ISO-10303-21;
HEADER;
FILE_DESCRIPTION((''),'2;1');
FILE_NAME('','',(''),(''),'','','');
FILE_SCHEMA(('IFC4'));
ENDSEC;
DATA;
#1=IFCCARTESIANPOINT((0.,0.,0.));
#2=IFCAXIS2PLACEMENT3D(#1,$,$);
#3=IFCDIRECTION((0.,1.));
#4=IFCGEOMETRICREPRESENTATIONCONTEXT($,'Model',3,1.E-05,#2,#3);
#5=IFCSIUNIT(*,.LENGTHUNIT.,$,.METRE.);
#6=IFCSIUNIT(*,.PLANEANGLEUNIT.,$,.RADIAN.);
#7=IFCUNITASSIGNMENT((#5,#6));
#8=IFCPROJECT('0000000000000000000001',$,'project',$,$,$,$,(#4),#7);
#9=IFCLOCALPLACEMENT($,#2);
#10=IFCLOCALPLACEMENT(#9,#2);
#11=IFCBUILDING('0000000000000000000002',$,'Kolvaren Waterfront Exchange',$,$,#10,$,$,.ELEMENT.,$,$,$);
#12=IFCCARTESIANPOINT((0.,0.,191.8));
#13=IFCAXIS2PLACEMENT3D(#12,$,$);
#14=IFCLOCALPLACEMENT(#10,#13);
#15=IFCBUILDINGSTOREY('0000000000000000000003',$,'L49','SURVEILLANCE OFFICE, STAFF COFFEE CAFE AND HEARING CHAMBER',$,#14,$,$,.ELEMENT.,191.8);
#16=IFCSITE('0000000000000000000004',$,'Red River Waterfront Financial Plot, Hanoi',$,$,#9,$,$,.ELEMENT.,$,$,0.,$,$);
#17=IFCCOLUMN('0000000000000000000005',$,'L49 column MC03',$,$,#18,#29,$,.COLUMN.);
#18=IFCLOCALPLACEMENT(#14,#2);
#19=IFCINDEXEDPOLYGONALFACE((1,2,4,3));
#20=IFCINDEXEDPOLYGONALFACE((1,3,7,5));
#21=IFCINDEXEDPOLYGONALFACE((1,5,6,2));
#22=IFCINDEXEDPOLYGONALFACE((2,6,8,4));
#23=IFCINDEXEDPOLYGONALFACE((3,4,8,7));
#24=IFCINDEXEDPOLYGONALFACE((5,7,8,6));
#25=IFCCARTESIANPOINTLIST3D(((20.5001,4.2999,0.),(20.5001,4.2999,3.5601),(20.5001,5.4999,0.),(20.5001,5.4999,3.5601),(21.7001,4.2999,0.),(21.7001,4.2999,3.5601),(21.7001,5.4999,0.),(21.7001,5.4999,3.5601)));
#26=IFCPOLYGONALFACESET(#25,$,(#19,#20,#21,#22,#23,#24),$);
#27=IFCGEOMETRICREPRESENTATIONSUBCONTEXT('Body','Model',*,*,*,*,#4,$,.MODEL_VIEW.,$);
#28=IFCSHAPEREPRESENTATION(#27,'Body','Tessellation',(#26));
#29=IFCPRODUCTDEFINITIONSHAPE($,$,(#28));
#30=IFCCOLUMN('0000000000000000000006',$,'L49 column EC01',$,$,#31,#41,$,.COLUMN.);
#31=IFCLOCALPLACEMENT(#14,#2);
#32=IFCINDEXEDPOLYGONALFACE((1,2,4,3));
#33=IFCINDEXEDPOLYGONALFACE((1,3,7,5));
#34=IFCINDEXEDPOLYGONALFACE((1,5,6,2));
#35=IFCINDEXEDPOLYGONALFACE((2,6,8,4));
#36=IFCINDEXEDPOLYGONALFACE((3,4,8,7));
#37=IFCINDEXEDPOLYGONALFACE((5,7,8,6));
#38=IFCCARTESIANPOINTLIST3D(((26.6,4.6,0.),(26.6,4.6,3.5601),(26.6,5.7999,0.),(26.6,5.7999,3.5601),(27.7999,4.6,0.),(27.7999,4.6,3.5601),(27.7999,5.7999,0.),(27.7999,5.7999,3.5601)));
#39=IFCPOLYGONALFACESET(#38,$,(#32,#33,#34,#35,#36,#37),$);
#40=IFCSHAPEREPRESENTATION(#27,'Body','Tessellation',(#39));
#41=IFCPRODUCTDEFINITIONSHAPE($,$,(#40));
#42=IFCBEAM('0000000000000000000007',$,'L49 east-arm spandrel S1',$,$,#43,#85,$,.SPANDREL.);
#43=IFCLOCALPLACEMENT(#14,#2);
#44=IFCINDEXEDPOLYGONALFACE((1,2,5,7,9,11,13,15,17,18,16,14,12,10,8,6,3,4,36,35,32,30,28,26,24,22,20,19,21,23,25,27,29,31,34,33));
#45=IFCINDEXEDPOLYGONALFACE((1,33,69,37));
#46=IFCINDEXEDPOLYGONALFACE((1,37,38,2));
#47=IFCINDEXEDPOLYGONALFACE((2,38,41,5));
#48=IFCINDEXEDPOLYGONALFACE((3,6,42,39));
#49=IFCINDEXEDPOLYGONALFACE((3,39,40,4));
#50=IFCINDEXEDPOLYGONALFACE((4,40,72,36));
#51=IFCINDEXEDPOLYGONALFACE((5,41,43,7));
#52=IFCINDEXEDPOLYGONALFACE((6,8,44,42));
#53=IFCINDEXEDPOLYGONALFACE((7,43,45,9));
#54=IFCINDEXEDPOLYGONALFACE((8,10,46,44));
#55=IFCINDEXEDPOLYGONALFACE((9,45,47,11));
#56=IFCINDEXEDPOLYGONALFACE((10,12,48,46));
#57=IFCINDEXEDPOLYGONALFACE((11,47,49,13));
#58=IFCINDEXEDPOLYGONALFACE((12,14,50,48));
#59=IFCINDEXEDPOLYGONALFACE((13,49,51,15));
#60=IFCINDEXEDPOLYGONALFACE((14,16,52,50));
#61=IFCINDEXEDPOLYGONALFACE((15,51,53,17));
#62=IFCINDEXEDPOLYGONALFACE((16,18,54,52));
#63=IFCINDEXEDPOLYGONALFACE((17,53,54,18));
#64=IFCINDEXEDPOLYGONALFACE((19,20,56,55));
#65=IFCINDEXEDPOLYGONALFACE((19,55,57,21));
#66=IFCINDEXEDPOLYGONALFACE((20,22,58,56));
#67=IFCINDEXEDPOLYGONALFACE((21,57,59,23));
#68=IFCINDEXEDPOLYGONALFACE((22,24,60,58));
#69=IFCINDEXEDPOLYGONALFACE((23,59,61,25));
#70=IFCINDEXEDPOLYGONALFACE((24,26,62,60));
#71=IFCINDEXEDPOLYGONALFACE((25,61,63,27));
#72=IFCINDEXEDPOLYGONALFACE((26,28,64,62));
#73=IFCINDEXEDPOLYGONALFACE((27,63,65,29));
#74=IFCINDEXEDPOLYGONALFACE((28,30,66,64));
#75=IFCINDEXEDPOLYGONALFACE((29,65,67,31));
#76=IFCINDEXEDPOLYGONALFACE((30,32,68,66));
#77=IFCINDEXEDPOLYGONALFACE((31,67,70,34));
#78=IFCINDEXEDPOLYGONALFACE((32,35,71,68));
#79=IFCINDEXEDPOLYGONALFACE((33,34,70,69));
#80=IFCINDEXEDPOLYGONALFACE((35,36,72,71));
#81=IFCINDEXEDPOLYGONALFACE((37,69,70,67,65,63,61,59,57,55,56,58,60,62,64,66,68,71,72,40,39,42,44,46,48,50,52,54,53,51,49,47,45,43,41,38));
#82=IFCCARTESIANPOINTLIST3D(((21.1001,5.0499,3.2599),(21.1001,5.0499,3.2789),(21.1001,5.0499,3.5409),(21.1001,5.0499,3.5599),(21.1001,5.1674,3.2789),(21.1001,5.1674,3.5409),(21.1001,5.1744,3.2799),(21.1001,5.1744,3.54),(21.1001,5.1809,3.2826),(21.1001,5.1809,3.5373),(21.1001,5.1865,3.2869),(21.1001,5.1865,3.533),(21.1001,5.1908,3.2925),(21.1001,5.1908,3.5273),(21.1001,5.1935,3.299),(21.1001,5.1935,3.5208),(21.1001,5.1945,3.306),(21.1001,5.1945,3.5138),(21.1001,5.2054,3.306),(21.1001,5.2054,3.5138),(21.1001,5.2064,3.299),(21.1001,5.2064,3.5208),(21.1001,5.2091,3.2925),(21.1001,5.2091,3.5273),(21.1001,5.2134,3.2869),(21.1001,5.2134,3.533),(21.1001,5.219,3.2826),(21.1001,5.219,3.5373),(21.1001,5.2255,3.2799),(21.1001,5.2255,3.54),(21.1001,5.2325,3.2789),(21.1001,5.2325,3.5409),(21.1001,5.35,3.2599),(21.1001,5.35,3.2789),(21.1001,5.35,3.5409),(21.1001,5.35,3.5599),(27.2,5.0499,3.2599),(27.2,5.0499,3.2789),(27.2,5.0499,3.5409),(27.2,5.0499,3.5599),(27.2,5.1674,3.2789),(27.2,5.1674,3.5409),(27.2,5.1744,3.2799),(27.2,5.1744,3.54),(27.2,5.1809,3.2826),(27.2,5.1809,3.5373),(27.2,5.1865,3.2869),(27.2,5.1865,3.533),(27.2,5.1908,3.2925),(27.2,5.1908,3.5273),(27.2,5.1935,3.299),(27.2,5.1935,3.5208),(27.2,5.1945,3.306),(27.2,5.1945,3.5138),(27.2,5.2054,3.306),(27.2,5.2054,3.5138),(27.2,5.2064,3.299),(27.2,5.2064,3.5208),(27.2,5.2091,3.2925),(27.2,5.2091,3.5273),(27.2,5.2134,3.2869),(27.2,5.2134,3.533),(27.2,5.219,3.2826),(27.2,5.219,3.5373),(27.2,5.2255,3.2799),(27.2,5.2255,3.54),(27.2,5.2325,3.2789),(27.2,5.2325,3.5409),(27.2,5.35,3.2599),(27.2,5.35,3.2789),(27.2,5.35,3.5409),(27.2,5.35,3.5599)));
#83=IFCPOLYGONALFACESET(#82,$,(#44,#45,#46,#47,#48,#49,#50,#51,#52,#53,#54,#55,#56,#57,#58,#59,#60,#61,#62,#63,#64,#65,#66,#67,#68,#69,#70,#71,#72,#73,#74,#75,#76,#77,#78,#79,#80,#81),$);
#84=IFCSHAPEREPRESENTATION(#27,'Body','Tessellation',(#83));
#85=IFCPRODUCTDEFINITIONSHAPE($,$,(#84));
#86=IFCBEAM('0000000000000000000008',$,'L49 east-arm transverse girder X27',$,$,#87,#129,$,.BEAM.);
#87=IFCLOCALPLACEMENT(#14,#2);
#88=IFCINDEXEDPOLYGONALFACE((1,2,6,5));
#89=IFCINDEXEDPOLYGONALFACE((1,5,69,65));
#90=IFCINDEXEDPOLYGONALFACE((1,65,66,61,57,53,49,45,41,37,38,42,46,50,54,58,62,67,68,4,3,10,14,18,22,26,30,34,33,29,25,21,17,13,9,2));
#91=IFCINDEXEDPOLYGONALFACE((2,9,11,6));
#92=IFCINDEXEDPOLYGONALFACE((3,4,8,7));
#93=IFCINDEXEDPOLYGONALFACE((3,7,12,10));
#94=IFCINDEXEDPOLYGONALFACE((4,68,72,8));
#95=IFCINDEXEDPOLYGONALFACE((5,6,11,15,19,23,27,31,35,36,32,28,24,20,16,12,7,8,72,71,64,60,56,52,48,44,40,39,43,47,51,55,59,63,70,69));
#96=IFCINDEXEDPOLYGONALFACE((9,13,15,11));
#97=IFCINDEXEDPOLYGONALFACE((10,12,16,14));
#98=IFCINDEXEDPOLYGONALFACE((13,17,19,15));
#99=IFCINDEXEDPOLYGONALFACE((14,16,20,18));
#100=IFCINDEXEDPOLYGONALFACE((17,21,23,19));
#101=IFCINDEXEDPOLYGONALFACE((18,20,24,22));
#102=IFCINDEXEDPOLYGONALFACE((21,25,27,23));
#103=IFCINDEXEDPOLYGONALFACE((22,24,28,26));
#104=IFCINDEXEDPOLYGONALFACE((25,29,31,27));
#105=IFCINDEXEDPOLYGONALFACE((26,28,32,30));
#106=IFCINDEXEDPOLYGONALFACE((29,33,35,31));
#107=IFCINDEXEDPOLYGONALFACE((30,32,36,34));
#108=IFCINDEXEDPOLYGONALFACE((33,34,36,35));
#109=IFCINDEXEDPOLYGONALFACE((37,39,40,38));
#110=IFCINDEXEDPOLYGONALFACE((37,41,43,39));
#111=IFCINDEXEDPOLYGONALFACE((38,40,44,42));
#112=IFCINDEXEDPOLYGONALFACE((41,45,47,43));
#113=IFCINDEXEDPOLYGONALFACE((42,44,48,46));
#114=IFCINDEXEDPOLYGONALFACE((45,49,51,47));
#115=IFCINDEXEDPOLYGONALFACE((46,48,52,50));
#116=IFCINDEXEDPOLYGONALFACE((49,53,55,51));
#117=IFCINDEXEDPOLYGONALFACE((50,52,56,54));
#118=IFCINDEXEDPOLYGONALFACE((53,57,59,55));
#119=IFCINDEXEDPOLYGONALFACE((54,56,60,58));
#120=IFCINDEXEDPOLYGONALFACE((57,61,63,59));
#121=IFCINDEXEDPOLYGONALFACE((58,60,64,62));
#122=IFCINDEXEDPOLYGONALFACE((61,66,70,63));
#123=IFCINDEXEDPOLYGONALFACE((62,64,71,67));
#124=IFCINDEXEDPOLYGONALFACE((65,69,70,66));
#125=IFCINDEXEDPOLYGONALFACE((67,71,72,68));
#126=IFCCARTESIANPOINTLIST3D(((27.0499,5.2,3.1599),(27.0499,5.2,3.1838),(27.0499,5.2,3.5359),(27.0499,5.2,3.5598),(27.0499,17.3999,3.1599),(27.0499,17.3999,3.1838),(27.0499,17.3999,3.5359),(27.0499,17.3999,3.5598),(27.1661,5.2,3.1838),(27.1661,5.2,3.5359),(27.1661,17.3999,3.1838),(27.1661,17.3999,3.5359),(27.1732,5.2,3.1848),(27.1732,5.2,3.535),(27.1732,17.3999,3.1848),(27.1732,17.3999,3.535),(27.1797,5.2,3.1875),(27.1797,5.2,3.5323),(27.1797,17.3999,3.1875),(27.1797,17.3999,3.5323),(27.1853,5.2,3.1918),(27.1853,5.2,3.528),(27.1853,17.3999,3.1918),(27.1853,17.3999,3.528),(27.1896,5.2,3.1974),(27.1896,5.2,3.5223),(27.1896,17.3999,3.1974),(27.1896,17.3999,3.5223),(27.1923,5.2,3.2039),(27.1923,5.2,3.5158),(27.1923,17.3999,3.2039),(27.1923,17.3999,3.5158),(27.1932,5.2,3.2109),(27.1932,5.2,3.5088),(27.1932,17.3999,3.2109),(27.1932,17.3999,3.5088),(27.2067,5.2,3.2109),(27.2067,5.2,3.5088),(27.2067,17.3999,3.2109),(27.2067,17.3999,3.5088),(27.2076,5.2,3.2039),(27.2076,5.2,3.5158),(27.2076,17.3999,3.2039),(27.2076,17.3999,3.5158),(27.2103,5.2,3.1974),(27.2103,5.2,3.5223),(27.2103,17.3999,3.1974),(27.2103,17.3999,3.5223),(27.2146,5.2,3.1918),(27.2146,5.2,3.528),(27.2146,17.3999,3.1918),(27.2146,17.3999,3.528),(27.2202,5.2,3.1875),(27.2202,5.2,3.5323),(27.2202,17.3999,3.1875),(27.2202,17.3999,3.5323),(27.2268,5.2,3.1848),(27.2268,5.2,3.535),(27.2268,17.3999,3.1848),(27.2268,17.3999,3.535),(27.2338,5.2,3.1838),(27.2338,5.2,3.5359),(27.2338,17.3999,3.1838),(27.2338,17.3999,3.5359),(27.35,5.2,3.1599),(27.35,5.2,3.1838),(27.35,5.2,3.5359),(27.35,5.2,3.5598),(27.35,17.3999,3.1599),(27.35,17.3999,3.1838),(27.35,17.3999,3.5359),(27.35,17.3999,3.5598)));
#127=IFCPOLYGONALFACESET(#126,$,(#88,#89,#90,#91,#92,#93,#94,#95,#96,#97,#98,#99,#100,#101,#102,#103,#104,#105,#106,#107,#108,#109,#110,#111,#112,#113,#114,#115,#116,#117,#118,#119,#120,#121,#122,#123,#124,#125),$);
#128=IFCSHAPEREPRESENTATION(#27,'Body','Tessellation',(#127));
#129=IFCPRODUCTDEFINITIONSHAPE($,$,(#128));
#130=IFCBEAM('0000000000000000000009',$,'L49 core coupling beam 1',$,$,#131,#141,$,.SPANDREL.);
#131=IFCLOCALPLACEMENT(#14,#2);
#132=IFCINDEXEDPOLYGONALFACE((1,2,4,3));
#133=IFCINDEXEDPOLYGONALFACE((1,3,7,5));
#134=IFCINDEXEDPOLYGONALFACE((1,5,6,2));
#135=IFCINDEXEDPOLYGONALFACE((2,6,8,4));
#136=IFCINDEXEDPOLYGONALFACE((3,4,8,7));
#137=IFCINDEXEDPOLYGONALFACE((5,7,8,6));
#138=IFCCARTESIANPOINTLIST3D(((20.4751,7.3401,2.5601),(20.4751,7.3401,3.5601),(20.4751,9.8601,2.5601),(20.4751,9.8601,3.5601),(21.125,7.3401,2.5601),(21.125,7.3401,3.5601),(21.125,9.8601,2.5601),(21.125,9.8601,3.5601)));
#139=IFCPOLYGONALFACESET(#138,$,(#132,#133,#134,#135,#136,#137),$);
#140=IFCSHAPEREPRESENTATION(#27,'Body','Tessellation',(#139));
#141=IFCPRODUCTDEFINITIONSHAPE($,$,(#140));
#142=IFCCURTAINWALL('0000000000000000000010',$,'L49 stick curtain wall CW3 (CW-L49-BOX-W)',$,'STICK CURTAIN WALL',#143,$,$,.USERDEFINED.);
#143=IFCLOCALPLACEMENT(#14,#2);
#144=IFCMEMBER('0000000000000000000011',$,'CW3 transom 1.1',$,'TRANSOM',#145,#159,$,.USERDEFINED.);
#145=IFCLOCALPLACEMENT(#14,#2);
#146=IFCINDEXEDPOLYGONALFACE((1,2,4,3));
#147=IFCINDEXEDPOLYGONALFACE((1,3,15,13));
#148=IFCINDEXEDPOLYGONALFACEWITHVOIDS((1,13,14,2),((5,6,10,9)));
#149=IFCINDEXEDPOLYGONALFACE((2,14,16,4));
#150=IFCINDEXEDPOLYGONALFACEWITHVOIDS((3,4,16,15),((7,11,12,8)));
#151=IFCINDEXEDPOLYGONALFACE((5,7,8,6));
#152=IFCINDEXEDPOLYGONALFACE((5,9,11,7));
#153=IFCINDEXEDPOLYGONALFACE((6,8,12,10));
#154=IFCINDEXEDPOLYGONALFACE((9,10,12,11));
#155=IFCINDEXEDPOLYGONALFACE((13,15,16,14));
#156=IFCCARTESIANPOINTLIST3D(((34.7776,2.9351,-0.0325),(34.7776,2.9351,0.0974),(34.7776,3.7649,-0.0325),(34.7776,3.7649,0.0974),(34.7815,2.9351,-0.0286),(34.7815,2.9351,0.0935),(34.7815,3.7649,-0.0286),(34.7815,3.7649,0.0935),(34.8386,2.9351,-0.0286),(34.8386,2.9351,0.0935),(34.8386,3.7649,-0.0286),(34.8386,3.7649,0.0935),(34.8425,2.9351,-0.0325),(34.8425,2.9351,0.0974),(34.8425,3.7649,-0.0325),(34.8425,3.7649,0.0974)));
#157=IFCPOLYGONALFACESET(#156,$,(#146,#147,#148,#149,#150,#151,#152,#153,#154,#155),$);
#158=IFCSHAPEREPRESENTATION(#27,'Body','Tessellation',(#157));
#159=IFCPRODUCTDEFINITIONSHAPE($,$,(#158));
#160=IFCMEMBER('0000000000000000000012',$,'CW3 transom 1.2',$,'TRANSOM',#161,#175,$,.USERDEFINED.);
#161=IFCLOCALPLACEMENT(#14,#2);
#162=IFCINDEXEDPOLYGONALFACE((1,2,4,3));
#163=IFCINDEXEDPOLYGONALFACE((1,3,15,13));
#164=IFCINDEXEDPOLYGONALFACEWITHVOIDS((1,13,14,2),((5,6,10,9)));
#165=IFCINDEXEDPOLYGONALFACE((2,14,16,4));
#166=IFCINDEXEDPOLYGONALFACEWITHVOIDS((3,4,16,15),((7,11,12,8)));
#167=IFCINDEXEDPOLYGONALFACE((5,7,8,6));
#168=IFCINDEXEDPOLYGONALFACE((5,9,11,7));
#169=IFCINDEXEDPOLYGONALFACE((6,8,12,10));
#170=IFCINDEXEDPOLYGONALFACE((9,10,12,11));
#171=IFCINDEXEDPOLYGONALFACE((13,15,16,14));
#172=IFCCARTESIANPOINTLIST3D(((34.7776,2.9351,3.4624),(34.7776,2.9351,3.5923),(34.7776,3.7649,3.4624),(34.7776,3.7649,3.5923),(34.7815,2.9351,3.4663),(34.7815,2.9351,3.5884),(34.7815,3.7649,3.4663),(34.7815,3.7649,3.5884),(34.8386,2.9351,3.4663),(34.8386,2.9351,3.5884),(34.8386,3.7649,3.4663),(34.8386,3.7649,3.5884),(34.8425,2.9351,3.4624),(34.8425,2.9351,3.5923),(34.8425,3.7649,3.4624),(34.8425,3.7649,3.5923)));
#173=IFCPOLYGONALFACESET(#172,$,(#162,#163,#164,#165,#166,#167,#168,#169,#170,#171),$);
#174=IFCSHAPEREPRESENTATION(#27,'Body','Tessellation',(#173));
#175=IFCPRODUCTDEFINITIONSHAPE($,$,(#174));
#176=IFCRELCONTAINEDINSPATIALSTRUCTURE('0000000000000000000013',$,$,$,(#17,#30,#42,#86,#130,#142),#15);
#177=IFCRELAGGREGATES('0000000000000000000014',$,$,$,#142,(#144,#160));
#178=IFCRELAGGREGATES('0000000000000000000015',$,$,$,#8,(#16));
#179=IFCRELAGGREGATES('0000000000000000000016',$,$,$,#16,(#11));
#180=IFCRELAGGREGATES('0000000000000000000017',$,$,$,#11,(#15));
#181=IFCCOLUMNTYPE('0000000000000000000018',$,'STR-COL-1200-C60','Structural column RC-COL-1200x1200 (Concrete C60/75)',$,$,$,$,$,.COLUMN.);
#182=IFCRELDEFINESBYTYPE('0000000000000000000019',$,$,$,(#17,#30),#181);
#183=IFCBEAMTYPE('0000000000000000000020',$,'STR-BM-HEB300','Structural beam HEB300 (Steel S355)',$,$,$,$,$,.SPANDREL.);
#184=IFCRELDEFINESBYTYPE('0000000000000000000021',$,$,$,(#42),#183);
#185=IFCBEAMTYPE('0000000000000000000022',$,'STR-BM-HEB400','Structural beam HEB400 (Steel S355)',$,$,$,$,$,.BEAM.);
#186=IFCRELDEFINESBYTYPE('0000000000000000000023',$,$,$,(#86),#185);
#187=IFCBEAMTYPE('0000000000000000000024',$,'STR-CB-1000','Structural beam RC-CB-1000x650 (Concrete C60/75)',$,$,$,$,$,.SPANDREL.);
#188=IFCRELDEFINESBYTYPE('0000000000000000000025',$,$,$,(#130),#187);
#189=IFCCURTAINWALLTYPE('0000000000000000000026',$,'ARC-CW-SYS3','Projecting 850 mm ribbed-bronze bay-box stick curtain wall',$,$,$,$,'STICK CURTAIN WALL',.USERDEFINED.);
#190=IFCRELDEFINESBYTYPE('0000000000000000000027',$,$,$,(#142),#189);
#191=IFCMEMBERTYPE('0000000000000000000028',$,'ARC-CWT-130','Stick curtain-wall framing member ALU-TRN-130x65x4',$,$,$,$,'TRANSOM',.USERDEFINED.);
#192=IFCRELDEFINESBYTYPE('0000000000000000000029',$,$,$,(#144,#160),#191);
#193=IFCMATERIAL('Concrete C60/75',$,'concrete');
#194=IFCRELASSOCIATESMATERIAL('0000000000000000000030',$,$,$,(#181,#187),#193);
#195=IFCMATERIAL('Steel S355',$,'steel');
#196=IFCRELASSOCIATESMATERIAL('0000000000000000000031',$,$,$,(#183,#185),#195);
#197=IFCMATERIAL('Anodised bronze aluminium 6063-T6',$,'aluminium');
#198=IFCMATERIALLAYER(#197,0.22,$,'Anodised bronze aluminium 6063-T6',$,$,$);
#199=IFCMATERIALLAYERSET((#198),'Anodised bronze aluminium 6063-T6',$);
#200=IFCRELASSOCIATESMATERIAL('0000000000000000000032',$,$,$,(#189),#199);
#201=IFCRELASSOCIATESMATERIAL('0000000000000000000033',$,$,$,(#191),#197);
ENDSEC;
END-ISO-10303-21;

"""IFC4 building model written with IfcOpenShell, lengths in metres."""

from ifc_helpers import new_model, si_unit, direction, frame, origin, origin_with_axes, origin_2d, place, context, subcontext, project, spatial, rectangle, hollow_rectangle, i_section, extrude, source, transform, mapped, material, layer, layer_set, material_profile, profile_set, type_object, element, aggregate, save


model = new_model("IFC4")

# Units and contexts
model_context = context("Model", 3, precision=1e-05, world=origin(), true_north=direction((0.0, 1.0)))
body_context = subcontext(model_context, "Body", "Model", "MODEL_VIEW")
ifc_project = project(units=[si_unit("LENGTHUNIT", "METRE"), si_unit("PLANEANGLEUNIT", "RADIAN")], contexts=[model_context])

# Site, building, storey
site_placement = place(None, origin())
site = spatial("IfcSite", under=ifc_project, at=site_placement, Name="Red River Waterfront Financial Plot, Hanoi", CompositionType="ELEMENT", RefElevation=0.0)
building_placement = place(site_placement, origin())
building = spatial("IfcBuilding", under=site, at=building_placement, Name="Kolvaren Waterfront Exchange", CompositionType="ELEMENT")
storey_placement = place(building_placement, frame((0.0, 0.0, 191.8)))
storey = spatial("IfcBuildingStorey", under=building, at=storey_placement, Name="L49", Description="SURVEILLANCE OFFICE, STAFF COFFEE CAFE AND HEARING CHAMBER", CompositionType="ELEMENT", Elevation=191.8)

# Columns
ifc_material_1 = material(Name="Concrete C60/75", Category="concrete")
ifc_material_profile_1 = material_profile(ifc_material_1, rectangle(XDim=1.2, YDim=1.2, at=origin_2d()), Name="RC-COL-1200x1200")
ifc_profile_set_1 = profile_set([ifc_material_profile_1], Name="Concrete C60/75")
column_type = type_object("IfcColumnType", Name="STR-COL-1200-C60", Description="Structural column RC-COL-1200x1200 (Concrete C60/75)", PredefinedType="COLUMN", material=ifc_profile_set_1)
for number, where, z_axis, x_axis, name in (
    (1, (21.1001, 4.8999, 0.0), (0.0, 0.0, 1.0), (1.0, 0.0, 0.0), "L49 column MC03"),
    (2, (27.2, 5.2, 0.0), (0.0, 0.0, 1.0), (1.0, 0.0, 0.0), "L49 column EC01"),
):
    element("IfcColumn", number, at=place(storey_placement, frame(where, z_axis=z_axis, x_axis=x_axis)), inside=storey, type_object=column_type, Name=name, PredefinedType="COLUMN", context=body_context, shape_type="SweptSolid", body=[
        extrude(rectangle(XDim=1.2, YDim=1.2, at=origin_2d()), origin(), (0.0, 0.0, 1.0), 3.5601),
    ])

# Beams
ifc_material_2 = material(Name="Steel S355", Category="steel")
ifc_material_profile_2 = material_profile(ifc_material_2, i_section(OverallWidth=0.3, OverallDepth=0.3, WebThickness=0.011, FlangeThickness=0.019, FilletRadius=0.0271, at=origin_2d()), Name="HEB300")
ifc_profile_set_2 = profile_set([ifc_material_profile_2], Name="Steel S355")
beam_type_1 = type_object("IfcBeamType", Name="STR-BM-HEB300", Description="Structural beam HEB300 (Steel S355)", PredefinedType="SPANDREL", material=ifc_profile_set_2)
beam_1_placement = place(storey_placement, frame((21.1001, 5.2, 3.4099), z_axis=(1.0, 0.0, 0.0), x_axis=(0.0, 1.0, 0.0)))
element("IfcBeam", 3, at=beam_1_placement, inside=storey, type_object=beam_type_1, Name="L49 east-arm spandrel S1", PredefinedType="SPANDREL", context=body_context, shape_type="SweptSolid", body=[
    extrude(i_section(OverallWidth=0.3, OverallDepth=0.3, WebThickness=0.011, FlangeThickness=0.019, FilletRadius=0.0271, at=origin_2d()), origin(), (0.0, 0.0, 1.0), 6.0999),
])
ifc_material_profile_3 = material_profile(ifc_material_2, i_section(OverallWidth=0.3, OverallDepth=0.3999, WebThickness=0.0134, FlangeThickness=0.0239, FilletRadius=0.0271, at=origin_2d()), Name="HEB400")
ifc_profile_set_3 = profile_set([ifc_material_profile_3], Name="Steel S355")
beam_type_2 = type_object("IfcBeamType", Name="STR-BM-HEB400", Description="Structural beam HEB400 (Steel S355)", PredefinedType="BEAM", material=ifc_profile_set_3)
beam_2_placement = place(storey_placement, frame((27.2, 5.2, 3.3599), z_axis=(0.0, 1.0, 0.0), x_axis=(-1.0, 0.0, 0.0)))
element("IfcBeam", 4, at=beam_2_placement, inside=storey, type_object=beam_type_2, Name="L49 east-arm transverse girder X27", PredefinedType="BEAM", context=body_context, shape_type="SweptSolid", body=[
    extrude(i_section(OverallWidth=0.3, OverallDepth=0.3999, WebThickness=0.0134, FlangeThickness=0.0239, FilletRadius=0.0271, at=origin_2d()), origin(), (0.0, 0.0, 1.0), 12.2),
])
ifc_material_profile_4 = material_profile(ifc_material_1, rectangle(XDim=0.6499, YDim=1.0, at=origin_2d()), Name="RC-CB-1000x650")
ifc_profile_set_4 = profile_set([ifc_material_profile_4], Name="Concrete C60/75")
beam_type_3 = type_object("IfcBeamType", Name="STR-CB-1000", Description="Structural beam RC-CB-1000x650 (Concrete C60/75)", PredefinedType="SPANDREL", material=ifc_profile_set_4)
beam_3_placement = place(storey_placement, frame((20.8, 7.3401, 3.0601), z_axis=(0.0, 1.0, 0.0), x_axis=(-1.0, 0.0, 0.0)))
element("IfcBeam", 5, at=beam_3_placement, inside=storey, type_object=beam_type_3, Name="L49 core coupling beam 1", PredefinedType="SPANDREL", context=body_context, shape_type="SweptSolid", body=[
    extrude(rectangle(XDim=0.6499, YDim=1.0, at=origin_2d()), origin(), (0.0, 0.0, 1.0), 2.52),
])

# Curtain wall, members
ifc_material_3 = material(Name="Anodised bronze aluminium 6063-T6", Category="aluminium")
ifc_layer_1 = layer(ifc_material_3, 0.22, Name="Anodised bronze aluminium 6063-T6")
ifc_layer_set_1 = layer_set([ifc_layer_1], Name="Anodised bronze aluminium 6063-T6")
curtain_wall_type_1 = type_object("IfcCurtainWallType", Name="ARC-CW-SYS3", Description="Projecting 850 mm ribbed-bronze bay-box stick curtain wall", ElementType="STICK CURTAIN WALL", PredefinedType="USERDEFINED", material=ifc_layer_set_1)
curtain_wall_1_placement = place(storey_placement, origin())
curtain_wall_1 = element("IfcCurtainWall", 6, at=curtain_wall_1_placement, inside=storey, type_object=curtain_wall_type_1, Name="L49 stick curtain wall CW3 (CW-L49-BOX-W)", ObjectType="STICK CURTAIN WALL", PredefinedType="USERDEFINED")
ifc_material_profile_5 = material_profile(ifc_material_3, hollow_rectangle(XDim=0.0649, YDim=0.1299, WallThickness=0.0039, at=origin_2d()), Name="ALU-TRN-130x65x4")
ifc_profile_set_5 = profile_set([ifc_material_profile_5], Name="Anodised bronze aluminium 6063-T6")
member_type_1 = type_object("IfcMemberType", Name="ARC-CWT-130", Description="Stick curtain-wall framing member ALU-TRN-130x65x4", ElementType="TRANSOM", PredefinedType="USERDEFINED", material=ifc_profile_set_5)
shared_shape_1 = source(origin_with_axes(), body_context, "Body", "SweptSolid", [
    extrude(hollow_rectangle(XDim=0.0649, YDim=0.1299, WallThickness=0.0039, at=origin_2d()), origin(), (0.0, 0.0, 1.0), 0.8298),
])
member_1_placement = place(storey_placement, frame((34.8101, 3.7649, 0.0325), z_axis=(0.0, -1.0, 0.0), x_axis=(1.0, 0.0, 0.0)))
member_1 = element("IfcMember", 7, at=member_1_placement, type_object=member_type_1, Name="CW3 transom 1.1", ObjectType="TRANSOM", PredefinedType="USERDEFINED", context=body_context, shape_type="MappedRepresentation", body=[
    mapped(shared_shape_1, transform((0.0, 0.0, 0.0), x_axis=(1.0, 0.0, 0.0), y_axis=(0.0, 1.0, 0.0), z_axis=(0.0, 0.0, 1.0), scale=1.0)),
])
member_2_placement = place(storey_placement, frame((34.8101, 3.7649, 3.5273), z_axis=(0.0, -1.0, 0.0), x_axis=(1.0, 0.0, 0.0)))
member_2 = element("IfcMember", 8, at=member_2_placement, type_object=member_type_1, Name="CW3 transom 1.2", ObjectType="TRANSOM", PredefinedType="USERDEFINED", context=body_context, shape_type="MappedRepresentation", body=[
    mapped(shared_shape_1, transform((0.0, 0.0, 0.0), x_axis=(1.0, 0.0, 0.0), y_axis=(0.0, 1.0, 0.0), z_axis=(0.0, 0.0, 1.0), scale=1.0)),
])

aggregate(curtain_wall_1, [member_1, member_2])

save(model, "model.ifc")
